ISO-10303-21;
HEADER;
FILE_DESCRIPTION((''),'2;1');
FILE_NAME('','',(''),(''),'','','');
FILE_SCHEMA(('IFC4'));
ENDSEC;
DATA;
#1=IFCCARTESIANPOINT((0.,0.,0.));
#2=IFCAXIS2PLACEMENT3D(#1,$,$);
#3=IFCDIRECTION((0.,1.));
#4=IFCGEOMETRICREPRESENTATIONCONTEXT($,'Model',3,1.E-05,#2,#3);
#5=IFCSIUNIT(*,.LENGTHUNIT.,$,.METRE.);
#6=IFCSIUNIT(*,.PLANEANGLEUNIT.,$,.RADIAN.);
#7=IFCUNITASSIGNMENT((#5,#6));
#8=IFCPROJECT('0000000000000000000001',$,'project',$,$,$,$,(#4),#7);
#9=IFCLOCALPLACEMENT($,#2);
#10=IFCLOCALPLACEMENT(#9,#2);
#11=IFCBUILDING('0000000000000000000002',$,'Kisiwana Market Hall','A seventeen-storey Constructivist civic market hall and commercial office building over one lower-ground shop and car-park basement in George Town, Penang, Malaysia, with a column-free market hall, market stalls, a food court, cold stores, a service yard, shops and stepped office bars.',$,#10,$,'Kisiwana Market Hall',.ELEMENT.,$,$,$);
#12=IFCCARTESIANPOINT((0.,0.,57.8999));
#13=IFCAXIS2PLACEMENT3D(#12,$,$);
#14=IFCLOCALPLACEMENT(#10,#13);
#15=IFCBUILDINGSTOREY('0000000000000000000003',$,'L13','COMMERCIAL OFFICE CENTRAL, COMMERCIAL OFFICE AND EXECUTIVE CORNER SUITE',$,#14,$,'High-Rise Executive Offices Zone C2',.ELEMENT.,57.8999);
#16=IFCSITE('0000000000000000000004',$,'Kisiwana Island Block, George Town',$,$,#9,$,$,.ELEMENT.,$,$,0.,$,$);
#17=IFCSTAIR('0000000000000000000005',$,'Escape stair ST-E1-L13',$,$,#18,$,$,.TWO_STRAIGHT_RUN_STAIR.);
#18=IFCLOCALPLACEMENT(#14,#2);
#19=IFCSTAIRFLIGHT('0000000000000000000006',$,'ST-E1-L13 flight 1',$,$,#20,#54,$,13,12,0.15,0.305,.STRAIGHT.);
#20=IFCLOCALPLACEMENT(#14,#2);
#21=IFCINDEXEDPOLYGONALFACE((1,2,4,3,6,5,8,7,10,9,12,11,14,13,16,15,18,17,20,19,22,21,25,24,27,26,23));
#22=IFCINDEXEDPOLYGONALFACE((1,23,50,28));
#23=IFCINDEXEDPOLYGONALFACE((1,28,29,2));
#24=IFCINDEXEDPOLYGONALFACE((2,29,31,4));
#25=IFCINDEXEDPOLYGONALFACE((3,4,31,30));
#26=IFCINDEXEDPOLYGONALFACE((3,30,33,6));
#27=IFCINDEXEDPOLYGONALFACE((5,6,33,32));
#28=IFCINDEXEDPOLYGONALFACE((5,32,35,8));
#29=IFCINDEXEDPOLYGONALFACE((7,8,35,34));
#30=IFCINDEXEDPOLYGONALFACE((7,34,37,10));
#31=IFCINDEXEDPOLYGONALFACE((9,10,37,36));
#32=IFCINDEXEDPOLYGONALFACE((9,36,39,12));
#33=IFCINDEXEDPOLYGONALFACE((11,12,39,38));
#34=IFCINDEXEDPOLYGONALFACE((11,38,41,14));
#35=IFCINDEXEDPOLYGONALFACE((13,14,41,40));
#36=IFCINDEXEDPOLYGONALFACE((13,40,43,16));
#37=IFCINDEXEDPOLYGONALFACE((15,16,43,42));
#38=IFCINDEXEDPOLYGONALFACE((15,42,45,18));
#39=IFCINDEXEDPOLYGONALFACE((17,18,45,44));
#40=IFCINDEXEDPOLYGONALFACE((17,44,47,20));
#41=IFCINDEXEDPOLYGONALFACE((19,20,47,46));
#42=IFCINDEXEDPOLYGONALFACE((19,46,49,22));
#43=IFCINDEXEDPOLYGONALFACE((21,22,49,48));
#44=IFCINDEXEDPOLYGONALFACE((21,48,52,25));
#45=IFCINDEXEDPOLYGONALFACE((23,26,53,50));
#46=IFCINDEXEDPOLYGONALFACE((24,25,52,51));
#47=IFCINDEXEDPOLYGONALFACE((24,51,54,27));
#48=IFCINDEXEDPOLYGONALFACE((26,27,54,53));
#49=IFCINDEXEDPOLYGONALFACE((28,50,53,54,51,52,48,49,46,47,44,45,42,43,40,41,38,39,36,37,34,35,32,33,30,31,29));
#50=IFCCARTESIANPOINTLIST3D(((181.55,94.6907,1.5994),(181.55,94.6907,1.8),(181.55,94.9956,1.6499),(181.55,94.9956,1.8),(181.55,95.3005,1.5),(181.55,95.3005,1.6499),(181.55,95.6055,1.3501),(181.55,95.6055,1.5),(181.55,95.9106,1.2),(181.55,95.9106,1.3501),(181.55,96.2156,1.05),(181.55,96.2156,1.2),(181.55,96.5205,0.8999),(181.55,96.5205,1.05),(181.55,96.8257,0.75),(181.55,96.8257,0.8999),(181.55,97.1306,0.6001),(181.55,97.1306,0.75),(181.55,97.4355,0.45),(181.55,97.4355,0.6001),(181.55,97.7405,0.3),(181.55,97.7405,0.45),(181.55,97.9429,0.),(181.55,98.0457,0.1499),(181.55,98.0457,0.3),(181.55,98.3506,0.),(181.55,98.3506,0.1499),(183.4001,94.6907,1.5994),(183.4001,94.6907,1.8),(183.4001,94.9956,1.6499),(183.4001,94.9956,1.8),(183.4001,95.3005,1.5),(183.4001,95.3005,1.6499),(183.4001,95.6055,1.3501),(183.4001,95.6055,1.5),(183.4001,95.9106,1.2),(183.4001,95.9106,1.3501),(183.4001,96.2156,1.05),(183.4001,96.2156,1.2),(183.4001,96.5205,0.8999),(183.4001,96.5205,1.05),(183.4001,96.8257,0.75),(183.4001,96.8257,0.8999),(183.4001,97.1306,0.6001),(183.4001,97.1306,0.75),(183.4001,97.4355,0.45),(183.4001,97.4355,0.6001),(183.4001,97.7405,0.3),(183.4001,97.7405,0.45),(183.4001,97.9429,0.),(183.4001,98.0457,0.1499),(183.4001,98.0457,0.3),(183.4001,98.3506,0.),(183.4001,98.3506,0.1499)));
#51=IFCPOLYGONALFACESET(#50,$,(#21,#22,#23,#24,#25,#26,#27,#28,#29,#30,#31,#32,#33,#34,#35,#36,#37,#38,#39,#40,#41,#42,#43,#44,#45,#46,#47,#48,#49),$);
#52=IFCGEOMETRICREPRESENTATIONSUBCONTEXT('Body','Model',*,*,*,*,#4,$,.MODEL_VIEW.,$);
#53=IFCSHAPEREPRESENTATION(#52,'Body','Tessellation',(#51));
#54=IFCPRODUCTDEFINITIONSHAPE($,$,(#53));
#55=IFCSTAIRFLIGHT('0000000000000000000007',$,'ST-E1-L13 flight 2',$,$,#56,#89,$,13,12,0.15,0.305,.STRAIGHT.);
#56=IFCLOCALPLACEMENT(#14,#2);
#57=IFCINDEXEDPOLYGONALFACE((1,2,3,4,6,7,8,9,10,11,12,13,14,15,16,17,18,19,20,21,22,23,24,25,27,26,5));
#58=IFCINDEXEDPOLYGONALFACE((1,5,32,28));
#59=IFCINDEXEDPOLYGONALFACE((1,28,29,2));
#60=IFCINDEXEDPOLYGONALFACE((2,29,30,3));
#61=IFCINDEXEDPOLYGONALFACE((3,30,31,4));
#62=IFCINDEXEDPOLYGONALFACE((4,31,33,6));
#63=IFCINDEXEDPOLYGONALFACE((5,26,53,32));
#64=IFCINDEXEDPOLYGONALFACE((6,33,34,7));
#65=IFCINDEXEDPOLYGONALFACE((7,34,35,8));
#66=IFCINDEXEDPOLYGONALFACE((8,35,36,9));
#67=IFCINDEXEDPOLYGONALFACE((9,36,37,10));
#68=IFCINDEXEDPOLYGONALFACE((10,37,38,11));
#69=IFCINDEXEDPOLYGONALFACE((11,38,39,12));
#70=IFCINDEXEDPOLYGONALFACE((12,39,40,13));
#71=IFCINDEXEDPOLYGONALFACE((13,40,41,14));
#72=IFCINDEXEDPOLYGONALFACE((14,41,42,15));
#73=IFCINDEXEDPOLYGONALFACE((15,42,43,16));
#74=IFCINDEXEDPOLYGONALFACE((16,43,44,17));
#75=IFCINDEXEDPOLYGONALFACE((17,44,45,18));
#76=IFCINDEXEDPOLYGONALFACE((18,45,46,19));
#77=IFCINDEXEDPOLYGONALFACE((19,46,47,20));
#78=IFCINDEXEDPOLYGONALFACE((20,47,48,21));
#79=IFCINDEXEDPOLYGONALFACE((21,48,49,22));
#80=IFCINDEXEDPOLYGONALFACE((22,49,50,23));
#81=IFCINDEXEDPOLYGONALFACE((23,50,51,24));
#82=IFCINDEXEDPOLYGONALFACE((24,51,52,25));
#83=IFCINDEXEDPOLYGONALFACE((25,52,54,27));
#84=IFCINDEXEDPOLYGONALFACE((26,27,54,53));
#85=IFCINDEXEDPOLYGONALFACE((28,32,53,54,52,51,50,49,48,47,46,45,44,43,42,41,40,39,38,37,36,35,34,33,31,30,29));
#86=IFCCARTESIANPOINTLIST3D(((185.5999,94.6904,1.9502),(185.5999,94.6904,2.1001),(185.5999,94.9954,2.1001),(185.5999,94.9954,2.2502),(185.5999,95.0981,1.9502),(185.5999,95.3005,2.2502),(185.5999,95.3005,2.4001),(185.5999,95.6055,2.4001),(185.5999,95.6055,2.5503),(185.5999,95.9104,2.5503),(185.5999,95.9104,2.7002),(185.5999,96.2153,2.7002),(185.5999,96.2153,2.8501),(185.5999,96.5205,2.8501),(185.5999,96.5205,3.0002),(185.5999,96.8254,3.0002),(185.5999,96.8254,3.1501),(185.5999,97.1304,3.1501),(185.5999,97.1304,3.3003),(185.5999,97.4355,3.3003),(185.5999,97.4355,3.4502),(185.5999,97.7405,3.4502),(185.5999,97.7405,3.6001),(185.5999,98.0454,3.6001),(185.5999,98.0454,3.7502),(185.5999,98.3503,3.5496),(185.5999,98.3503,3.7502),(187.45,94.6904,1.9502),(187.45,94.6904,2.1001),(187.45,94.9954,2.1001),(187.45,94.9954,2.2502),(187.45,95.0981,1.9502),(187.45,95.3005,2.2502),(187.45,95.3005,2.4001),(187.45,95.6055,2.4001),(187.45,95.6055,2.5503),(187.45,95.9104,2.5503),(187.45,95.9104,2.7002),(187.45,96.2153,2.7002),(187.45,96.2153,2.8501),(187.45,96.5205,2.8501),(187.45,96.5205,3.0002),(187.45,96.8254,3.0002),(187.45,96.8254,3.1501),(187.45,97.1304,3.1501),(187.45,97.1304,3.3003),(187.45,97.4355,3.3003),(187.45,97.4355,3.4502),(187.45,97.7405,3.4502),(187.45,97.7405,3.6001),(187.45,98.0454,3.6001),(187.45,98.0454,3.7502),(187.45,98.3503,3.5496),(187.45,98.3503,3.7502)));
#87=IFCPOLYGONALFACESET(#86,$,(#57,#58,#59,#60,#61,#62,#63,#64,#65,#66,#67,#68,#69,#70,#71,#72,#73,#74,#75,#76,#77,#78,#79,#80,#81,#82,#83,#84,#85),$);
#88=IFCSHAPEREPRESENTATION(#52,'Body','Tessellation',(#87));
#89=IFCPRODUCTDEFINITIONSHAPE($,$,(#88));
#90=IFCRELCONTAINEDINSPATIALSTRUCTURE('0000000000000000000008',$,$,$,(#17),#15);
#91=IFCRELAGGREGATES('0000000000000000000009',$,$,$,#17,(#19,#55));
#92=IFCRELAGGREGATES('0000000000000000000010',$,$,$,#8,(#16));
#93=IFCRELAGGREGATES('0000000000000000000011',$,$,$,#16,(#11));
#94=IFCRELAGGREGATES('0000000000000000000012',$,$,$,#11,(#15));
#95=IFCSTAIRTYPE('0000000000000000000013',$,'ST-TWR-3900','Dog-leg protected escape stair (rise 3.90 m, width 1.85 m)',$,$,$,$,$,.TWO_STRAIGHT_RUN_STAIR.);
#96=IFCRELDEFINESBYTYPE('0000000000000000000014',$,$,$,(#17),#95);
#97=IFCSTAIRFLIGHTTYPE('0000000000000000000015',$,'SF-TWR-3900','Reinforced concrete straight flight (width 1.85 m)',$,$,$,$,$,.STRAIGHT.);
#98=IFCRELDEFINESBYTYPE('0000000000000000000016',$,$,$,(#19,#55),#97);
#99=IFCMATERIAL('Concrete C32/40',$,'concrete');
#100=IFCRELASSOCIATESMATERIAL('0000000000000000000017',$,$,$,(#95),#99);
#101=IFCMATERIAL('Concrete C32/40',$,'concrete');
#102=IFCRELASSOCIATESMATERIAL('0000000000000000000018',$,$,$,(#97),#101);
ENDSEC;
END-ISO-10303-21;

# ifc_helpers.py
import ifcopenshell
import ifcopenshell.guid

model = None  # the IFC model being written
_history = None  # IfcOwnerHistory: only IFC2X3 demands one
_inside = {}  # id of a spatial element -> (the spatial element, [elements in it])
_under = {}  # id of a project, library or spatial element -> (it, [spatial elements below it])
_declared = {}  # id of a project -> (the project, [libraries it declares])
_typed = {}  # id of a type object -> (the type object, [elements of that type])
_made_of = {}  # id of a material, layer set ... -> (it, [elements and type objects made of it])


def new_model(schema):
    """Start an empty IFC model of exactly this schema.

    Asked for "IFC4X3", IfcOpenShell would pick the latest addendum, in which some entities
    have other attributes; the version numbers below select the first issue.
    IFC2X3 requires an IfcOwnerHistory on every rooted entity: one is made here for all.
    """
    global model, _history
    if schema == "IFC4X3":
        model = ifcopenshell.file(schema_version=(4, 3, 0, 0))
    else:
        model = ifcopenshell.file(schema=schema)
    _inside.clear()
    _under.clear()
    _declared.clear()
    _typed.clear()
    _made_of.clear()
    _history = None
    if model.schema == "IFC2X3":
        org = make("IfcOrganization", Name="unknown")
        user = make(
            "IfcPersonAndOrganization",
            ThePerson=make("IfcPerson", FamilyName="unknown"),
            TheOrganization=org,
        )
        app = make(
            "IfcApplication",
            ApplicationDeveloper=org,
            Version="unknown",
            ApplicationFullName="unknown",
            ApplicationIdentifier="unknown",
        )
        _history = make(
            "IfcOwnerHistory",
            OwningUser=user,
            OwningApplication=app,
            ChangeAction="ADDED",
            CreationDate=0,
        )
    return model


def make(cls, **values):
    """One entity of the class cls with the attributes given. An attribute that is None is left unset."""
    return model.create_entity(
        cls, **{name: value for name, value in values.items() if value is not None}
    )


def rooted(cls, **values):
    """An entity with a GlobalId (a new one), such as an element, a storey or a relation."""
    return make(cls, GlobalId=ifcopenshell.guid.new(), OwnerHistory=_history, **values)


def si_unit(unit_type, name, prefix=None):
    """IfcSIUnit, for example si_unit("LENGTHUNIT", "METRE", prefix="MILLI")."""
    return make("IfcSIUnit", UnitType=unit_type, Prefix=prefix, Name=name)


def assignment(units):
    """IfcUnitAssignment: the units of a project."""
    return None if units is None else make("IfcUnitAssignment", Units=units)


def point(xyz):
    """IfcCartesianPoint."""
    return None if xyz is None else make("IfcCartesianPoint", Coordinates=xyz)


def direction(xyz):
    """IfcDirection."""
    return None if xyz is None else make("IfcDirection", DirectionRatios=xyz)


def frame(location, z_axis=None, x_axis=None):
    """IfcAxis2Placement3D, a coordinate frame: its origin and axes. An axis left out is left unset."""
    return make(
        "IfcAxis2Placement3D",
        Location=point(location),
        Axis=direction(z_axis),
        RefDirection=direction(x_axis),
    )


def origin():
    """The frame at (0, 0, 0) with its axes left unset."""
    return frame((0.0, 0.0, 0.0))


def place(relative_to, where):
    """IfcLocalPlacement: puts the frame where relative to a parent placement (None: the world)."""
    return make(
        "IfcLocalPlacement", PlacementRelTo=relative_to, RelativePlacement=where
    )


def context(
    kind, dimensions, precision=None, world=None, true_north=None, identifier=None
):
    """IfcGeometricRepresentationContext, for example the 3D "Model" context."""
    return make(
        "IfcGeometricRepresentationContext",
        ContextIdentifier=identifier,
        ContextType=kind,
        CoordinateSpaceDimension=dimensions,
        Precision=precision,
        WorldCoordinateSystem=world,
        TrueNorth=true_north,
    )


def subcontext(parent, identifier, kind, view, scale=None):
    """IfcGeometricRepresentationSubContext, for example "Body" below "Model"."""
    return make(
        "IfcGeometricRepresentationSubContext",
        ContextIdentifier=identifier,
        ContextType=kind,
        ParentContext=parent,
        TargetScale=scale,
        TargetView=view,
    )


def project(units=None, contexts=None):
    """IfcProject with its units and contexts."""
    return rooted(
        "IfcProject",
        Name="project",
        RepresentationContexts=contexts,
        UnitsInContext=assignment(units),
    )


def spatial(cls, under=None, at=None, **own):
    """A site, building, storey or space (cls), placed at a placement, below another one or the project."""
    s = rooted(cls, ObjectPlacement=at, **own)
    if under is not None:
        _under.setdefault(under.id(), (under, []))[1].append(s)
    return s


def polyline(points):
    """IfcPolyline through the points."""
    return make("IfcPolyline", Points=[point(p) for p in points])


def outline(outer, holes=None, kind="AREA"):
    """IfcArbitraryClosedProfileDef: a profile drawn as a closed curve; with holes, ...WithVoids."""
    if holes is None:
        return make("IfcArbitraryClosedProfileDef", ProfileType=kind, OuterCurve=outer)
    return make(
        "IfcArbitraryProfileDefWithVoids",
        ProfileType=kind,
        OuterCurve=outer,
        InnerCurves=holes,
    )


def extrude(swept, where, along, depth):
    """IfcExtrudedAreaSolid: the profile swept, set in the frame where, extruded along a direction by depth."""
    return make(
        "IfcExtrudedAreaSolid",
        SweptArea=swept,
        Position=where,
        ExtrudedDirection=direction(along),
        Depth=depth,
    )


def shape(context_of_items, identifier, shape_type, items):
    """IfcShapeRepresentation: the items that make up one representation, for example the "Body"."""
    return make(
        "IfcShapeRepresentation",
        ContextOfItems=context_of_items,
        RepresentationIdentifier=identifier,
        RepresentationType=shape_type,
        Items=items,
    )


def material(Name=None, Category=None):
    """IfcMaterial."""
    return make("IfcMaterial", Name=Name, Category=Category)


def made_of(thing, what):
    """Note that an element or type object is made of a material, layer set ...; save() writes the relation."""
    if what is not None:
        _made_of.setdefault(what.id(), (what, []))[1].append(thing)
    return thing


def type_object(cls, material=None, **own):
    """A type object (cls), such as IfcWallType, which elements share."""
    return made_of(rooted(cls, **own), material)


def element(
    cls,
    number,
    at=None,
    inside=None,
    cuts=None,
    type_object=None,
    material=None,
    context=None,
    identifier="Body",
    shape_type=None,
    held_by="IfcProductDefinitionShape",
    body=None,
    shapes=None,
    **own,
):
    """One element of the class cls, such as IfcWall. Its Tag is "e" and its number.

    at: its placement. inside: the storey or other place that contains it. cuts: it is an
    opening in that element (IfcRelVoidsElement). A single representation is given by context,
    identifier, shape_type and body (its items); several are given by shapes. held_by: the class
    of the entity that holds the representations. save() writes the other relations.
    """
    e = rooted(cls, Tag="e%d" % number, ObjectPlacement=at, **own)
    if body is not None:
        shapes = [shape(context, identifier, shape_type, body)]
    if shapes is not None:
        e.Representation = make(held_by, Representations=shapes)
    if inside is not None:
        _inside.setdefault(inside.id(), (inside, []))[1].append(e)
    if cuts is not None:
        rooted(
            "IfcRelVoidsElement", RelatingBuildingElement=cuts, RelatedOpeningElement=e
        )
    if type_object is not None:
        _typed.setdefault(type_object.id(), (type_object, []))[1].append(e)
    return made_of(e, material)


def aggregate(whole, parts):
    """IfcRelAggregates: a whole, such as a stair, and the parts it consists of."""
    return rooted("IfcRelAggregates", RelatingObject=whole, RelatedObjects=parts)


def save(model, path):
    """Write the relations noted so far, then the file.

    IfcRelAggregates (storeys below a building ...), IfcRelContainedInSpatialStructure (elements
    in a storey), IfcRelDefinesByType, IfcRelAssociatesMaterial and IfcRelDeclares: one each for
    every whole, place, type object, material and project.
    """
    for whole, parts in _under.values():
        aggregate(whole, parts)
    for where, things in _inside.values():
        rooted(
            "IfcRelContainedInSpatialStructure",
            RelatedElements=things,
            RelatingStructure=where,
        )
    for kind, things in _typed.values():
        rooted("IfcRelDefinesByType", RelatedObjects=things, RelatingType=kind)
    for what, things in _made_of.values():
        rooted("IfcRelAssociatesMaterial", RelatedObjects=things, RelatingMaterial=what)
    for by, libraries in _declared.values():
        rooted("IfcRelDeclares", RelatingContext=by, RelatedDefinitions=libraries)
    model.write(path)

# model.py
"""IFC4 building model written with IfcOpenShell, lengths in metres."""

from ifc_helpers import new_model, si_unit, direction, frame, origin, place, context, subcontext, project, spatial, polyline, outline, extrude, material, type_object, element, aggregate, save


model = new_model("IFC4")

# Units and contexts
model_context = context("Model", 3, precision=1e-05, world=origin(), true_north=direction((0.0, 1.0)))
body_context = subcontext(model_context, "Body", "Model", "MODEL_VIEW")
ifc_project = project(units=[si_unit("LENGTHUNIT", "METRE"), si_unit("PLANEANGLEUNIT", "RADIAN")], contexts=[model_context])

# Site, building, storey
site_placement = place(None, origin())
site = spatial("IfcSite", under=ifc_project, at=site_placement, Name="Kisiwana Island Block, George Town", CompositionType="ELEMENT", RefElevation=0.0)
building_placement = place(site_placement, origin())
building = spatial("IfcBuilding", under=site, at=building_placement, Name="Kisiwana Market Hall", Description="A seventeen-storey Constructivist civic market hall and commercial office building over one lower-ground shop and car-park basement in George Town, Penang, Malaysia, with a column-free market hall, market stalls, a food court, cold stores, a service yard, shops and stepped office bars.", LongName="Kisiwana Market Hall", CompositionType="ELEMENT")
storey_placement = place(building_placement, frame((0.0, 0.0, 57.8999)))
storey = spatial("IfcBuildingStorey", under=building, at=storey_placement, Name="L13", Description="COMMERCIAL OFFICE CENTRAL, COMMERCIAL OFFICE AND EXECUTIVE CORNER SUITE", LongName="High-Rise Executive Offices Zone C2", CompositionType="ELEMENT", Elevation=57.8999)

# Stair, stair flights
ifc_material_1 = material(Name="Concrete C32/40", Category="concrete")
stair_type = type_object("IfcStairType", Name="ST-TWR-3900", Description="Dog-leg protected escape stair (rise 3.90 m, width 1.85 m)", PredefinedType="TWO_STRAIGHT_RUN_STAIR", material=ifc_material_1)
stair_placement = place(storey_placement, origin())
stair = element("IfcStair", 1, at=stair_placement, inside=storey, type_object=stair_type, Name="Escape stair ST-E1-L13", PredefinedType="TWO_STRAIGHT_RUN_STAIR")
ifc_material_2 = material(Name="Concrete C32/40", Category="concrete")
stair_flight_type = type_object("IfcStairFlightType", Name="SF-TWR-3900", Description="Reinforced concrete straight flight (width 1.85 m)", PredefinedType="STRAIGHT", material=ifc_material_2)
stair_flight_1_placement = place(storey_placement, frame((182.4751, 98.3506, 0.0), z_axis=(0.0, 0.0, 1.0), x_axis=(0.0, -1.0, 0.0)))
stair_flight_1 = element("IfcStairFlight", 2, at=stair_flight_1_placement, type_object=stair_flight_type, Name="ST-E1-L13 flight 1", NumberOfRisers=13, NumberOfTreads=12, PredefinedType="STRAIGHT", RiserHeight=0.15, TreadLength=0.305, context=body_context, shape_type="SweptSolid", body=[
    extrude(outline(polyline([(0.0, 0.0), (0.0, 0.1499), (0.3049, 0.1499), (0.3049, 0.3), (0.6101, 0.3), (0.6101, 0.45), (0.915, 0.45), (0.915, 0.6001), (1.22, 0.6001), (1.22, 0.75), (1.5249, 0.75), (1.5249, 0.8999), (1.8301, 0.8999), (1.8301, 1.05), (2.135, 1.05), (2.135, 1.2), (2.4399, 1.2), (2.4399, 1.3501), (2.7451, 1.3501), (2.7451, 1.5), (3.05, 1.5), (3.05, 1.6499), (3.355, 1.6499), (3.355, 1.8), (3.6599, 1.8), (3.6599, 1.95), (3.6599, 1.5994), (0.4077, 0.0), (0.0, 0.0)])), frame((0.0, 0.925, 0.0), z_axis=(0.0, -1.0, 0.0), x_axis=(1.0, 0.0, 0.0)), (0.0, 0.0, 1.0), 1.8501),
])
stair_flight_2_placement = place(storey_placement, frame((186.5249, 94.6904, 1.9502), z_axis=(0.0, 0.0, 1.0), x_axis=(0.0, 1.0, 0.0)))
stair_flight_2 = element("IfcStairFlight", 3, at=stair_flight_2_placement, type_object=stair_flight_type, Name="ST-E1-L13 flight 2", NumberOfRisers=13, NumberOfTreads=12, PredefinedType="STRAIGHT", RiserHeight=0.15, TreadLength=0.305, context=body_context, shape_type="SweptSolid", body=[
    extrude(outline(polyline([(0.0, 0.0), (0.0, 0.1499), (0.3049, 0.1499), (0.3049, 0.3), (0.6101, 0.3), (0.6101, 0.45), (0.915, 0.45), (0.915, 0.6001), (1.22, 0.6001), (1.22, 0.75), (1.5249, 0.75), (1.5249, 0.8999), (1.8301, 0.8999), (1.8301, 1.05), (2.135, 1.05), (2.135, 1.2), (2.4399, 1.2), (2.4399, 1.3501), (2.7451, 1.3501), (2.7451, 1.5), (3.05, 1.5), (3.05, 1.6499), (3.355, 1.6499), (3.355, 1.8), (3.6599, 1.8), (3.6599, 1.95), (3.6599, 1.5994), (0.4077, 0.0), (0.0, 0.0)])), frame((0.0, 0.925, 0.0), z_axis=(0.0, -1.0, 0.0), x_axis=(1.0, 0.0, 0.0)), (0.0, 0.0, 1.0), 1.8501),
])
aggregate(stair, [stair_flight_1, stair_flight_2])

save(model, "model.ifc")
